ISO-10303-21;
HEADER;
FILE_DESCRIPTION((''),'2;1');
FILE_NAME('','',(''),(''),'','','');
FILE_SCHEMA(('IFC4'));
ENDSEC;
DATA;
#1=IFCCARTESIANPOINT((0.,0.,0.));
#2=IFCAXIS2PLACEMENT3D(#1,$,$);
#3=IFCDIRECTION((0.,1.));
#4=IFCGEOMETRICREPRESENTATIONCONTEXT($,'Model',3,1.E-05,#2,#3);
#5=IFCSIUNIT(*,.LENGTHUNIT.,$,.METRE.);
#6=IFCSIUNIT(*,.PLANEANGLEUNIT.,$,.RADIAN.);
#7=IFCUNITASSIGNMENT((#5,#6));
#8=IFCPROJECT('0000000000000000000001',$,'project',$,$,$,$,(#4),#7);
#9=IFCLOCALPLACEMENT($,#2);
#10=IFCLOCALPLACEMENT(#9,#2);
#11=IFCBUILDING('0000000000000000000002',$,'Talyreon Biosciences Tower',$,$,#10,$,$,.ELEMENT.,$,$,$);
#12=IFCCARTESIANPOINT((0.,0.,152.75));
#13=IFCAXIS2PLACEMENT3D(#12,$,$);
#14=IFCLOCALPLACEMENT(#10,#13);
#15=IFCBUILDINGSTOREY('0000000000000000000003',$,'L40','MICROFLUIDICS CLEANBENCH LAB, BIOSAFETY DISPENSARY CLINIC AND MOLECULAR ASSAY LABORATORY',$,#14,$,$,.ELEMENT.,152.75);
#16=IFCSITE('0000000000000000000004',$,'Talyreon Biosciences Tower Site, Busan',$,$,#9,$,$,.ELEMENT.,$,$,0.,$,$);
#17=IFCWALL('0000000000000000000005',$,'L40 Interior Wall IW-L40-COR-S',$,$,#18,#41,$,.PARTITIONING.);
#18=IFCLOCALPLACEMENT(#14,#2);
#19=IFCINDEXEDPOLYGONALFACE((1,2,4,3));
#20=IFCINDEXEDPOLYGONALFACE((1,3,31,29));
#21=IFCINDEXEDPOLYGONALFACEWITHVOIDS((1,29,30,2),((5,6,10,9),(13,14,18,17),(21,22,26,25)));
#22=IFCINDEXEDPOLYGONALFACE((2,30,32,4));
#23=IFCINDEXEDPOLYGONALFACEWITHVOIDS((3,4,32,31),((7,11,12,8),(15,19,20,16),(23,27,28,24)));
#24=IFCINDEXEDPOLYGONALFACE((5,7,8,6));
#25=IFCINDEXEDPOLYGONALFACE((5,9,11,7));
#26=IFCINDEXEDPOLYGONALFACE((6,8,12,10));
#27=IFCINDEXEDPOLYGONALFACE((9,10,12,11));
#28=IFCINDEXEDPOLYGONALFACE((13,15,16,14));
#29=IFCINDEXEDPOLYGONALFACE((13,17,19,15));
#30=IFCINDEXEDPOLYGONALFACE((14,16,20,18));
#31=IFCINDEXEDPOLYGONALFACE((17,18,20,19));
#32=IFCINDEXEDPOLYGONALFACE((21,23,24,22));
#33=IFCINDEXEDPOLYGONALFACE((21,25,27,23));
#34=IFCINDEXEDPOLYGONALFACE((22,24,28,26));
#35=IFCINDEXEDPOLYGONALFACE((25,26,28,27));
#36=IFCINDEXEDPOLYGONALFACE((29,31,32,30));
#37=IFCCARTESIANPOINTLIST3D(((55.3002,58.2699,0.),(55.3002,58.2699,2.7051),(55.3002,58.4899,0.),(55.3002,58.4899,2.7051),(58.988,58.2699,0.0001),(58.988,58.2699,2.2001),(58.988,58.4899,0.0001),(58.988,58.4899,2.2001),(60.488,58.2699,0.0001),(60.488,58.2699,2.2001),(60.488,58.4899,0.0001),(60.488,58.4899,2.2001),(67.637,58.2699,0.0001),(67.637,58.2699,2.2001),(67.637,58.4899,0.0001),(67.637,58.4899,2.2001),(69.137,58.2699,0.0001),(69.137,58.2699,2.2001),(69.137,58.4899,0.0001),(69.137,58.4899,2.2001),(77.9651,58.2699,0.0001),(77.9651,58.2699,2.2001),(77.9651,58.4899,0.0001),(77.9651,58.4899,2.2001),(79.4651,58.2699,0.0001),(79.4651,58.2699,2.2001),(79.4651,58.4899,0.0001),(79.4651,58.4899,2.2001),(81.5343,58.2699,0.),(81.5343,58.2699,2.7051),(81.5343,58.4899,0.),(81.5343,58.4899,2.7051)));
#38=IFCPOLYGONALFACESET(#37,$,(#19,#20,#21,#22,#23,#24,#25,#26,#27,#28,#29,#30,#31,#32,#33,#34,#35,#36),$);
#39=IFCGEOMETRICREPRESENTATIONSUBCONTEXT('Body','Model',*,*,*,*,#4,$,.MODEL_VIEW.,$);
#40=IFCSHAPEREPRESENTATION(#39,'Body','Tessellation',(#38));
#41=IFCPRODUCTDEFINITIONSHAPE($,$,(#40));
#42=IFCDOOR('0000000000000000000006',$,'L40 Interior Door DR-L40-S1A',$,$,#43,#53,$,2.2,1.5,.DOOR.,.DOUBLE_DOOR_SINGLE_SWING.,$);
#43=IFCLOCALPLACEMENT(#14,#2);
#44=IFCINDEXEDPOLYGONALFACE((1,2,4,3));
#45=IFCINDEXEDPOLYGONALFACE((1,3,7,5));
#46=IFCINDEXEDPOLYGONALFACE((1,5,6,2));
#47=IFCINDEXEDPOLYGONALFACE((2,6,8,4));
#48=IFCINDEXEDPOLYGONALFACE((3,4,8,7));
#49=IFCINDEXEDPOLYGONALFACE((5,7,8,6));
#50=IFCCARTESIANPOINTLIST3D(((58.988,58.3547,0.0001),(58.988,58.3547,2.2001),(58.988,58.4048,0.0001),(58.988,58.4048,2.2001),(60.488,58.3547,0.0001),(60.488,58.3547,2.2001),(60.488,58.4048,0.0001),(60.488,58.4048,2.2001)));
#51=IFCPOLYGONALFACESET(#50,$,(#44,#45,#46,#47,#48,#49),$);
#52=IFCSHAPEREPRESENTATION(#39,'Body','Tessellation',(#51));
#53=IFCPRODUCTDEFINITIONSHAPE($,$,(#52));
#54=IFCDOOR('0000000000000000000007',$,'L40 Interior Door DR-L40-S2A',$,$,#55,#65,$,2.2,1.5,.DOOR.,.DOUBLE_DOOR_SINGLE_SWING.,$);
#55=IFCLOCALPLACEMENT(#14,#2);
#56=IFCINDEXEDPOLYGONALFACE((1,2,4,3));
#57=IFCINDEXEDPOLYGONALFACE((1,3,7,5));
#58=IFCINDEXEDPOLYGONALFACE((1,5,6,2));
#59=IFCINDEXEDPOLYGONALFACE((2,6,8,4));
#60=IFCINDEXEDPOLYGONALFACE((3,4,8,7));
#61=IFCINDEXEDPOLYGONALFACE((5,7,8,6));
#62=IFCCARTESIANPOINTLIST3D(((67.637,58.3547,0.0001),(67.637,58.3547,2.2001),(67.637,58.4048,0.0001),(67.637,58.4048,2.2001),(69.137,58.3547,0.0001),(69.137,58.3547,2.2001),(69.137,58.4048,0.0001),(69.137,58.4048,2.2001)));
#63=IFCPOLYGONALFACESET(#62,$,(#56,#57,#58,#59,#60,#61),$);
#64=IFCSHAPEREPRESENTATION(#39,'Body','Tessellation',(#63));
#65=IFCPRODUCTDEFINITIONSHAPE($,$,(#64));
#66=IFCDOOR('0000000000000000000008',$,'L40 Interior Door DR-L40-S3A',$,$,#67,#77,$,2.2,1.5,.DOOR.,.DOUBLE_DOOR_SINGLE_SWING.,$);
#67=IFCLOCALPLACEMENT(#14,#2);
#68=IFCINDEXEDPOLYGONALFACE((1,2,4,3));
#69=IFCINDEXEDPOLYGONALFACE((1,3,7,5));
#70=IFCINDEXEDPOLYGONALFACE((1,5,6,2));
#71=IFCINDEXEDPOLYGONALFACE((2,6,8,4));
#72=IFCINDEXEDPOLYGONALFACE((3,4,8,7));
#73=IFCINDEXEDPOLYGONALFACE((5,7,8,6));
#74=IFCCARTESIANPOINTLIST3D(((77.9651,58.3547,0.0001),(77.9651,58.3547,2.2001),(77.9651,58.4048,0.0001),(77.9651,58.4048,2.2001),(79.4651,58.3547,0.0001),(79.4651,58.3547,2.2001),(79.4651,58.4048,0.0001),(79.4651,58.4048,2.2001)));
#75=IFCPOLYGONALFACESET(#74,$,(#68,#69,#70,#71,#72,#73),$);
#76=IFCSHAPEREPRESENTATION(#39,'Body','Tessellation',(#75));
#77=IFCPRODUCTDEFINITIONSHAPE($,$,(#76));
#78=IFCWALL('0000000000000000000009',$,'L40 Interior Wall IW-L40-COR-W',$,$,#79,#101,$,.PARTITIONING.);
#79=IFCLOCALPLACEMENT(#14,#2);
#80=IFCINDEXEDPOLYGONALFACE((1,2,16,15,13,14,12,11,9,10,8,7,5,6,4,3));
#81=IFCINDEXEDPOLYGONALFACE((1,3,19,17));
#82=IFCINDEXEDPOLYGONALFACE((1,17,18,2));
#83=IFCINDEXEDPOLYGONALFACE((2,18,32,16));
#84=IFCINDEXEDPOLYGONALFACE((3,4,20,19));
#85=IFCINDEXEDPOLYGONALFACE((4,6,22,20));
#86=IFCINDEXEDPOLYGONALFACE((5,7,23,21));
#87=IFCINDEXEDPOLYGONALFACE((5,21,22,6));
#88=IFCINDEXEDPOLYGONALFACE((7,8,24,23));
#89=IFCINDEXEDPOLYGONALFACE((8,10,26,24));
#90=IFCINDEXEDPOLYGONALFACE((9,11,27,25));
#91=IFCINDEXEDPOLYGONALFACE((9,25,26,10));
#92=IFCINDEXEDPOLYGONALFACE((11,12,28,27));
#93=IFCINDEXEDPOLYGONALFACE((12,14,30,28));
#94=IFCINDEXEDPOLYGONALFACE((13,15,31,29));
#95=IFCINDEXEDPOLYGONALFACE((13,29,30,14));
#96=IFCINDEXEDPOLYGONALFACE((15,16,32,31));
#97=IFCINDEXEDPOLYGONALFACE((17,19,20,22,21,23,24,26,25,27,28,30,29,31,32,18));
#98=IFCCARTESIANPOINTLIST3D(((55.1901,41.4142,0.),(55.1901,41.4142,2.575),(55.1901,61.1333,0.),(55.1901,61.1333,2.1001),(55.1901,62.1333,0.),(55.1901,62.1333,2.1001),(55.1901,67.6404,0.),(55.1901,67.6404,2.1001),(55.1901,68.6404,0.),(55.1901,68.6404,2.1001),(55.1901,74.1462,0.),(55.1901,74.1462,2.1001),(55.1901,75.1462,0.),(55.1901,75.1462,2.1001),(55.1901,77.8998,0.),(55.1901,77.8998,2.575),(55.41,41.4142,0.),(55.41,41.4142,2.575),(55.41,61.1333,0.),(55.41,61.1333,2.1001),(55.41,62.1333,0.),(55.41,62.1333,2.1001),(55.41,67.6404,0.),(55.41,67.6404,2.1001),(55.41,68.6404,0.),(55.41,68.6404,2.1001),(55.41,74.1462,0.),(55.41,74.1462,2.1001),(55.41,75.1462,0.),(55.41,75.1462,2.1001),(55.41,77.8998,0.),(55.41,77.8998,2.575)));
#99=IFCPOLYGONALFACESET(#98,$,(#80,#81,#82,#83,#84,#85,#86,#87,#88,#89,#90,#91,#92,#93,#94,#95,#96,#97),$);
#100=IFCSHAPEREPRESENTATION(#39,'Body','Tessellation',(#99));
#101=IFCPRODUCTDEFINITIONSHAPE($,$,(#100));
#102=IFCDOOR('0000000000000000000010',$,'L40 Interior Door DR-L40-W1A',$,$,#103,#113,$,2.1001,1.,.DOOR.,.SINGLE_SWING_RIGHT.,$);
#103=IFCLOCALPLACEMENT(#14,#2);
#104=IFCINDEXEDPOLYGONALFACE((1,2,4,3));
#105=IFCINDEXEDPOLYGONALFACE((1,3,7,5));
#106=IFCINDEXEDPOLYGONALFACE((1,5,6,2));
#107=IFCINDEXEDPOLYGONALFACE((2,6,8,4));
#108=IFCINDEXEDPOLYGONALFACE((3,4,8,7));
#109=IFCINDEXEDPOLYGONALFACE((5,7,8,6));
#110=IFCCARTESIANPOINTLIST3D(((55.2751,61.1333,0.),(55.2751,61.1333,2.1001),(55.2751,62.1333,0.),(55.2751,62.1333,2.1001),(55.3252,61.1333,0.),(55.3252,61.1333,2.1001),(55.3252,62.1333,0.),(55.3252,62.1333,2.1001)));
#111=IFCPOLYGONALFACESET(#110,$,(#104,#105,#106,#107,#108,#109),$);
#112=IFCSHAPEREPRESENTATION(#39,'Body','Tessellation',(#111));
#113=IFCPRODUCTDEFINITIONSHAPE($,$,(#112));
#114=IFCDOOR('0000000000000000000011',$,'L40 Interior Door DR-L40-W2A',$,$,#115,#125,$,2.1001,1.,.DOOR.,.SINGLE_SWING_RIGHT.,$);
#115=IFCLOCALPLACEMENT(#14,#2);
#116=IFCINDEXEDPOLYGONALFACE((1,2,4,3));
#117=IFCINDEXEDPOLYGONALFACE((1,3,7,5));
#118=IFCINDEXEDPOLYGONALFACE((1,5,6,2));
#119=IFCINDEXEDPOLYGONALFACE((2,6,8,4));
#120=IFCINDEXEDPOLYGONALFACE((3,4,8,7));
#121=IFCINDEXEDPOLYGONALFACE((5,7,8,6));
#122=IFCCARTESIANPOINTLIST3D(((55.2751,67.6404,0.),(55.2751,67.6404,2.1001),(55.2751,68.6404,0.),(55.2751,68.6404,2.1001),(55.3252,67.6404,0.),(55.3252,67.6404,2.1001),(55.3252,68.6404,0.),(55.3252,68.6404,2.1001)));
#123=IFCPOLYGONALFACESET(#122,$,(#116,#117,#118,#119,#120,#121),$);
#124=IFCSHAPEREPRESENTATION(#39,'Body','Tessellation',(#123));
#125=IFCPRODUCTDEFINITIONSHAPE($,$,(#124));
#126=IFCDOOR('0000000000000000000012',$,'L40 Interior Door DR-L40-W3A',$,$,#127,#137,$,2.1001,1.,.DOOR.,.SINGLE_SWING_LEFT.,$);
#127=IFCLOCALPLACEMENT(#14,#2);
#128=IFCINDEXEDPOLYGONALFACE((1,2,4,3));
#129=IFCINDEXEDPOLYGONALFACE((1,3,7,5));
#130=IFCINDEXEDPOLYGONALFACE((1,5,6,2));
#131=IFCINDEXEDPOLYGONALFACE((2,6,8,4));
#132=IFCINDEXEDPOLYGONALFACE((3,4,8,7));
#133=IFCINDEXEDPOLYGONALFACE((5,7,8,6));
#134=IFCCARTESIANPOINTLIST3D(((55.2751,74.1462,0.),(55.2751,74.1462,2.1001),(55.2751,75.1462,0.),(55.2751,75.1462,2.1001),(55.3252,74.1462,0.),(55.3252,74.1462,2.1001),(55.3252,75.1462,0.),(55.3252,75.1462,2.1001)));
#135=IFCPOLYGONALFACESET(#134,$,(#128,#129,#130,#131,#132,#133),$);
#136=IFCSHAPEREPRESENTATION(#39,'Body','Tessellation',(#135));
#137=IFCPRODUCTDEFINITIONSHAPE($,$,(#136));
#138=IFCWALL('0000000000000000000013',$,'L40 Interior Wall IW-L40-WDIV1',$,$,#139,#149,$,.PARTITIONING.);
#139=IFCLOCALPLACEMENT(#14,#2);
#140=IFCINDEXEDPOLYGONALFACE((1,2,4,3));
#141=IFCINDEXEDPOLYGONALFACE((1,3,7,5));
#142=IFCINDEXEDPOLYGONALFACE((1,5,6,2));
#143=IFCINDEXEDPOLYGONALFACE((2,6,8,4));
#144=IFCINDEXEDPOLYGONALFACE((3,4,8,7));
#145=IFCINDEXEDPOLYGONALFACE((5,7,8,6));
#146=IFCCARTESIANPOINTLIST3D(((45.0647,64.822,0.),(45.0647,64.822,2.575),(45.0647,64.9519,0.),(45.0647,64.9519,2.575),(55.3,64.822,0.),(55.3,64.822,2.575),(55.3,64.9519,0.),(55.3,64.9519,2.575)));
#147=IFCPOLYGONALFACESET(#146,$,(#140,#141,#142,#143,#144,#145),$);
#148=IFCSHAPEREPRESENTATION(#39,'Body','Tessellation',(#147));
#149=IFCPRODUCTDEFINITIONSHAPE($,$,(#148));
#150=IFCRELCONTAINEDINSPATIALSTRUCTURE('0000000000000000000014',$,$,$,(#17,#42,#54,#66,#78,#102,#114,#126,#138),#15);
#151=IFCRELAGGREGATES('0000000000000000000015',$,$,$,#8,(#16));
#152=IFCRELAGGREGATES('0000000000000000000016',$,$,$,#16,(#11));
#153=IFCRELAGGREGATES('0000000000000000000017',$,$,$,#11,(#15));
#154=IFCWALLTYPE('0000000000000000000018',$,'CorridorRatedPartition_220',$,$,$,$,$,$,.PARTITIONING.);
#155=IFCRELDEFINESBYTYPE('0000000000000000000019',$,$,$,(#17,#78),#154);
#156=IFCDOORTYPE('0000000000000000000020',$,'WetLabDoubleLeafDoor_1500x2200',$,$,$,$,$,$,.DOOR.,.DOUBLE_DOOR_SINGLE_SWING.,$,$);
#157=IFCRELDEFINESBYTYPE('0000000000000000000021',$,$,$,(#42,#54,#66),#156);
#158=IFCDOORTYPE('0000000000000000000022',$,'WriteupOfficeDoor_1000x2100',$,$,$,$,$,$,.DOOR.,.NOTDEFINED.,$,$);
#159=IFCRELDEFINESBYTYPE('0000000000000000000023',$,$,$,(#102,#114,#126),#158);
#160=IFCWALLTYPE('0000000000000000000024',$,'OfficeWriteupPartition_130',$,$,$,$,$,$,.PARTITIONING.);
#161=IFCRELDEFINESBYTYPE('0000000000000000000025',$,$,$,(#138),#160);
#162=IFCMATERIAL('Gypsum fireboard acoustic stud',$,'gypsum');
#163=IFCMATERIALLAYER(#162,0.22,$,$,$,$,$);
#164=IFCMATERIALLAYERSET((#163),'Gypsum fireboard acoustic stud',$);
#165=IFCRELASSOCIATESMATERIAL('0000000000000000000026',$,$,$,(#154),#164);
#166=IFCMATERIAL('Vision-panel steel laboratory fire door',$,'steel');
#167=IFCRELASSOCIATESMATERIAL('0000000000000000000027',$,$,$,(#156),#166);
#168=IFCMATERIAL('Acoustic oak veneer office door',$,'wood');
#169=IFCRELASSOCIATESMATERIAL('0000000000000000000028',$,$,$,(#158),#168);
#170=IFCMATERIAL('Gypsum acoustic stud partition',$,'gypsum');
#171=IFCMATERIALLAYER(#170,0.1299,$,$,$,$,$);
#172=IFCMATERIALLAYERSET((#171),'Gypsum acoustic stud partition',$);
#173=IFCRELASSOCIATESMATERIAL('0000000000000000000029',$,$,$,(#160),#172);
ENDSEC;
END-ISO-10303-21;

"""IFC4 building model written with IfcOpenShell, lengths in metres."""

from ifc_helpers import new_model, si_unit, direction, frame, frame_2d, origin, place, context, subcontext, project, spatial, rectangle, extrude, material, layer, layer_set, type_object, element, fill, save


model = new_model("IFC4")

# Units and contexts
model_context = context("Model", 3, precision=1e-05, world=origin(), true_north=direction((0.0, 1.0)))
body_context = subcontext(model_context, "Body", "Model", "MODEL_VIEW")
ifc_project = project(units=[si_unit("LENGTHUNIT", "METRE"), si_unit("PLANEANGLEUNIT", "RADIAN")], contexts=[model_context])

# Site, building, storey
site_placement = place(None, origin())
site = spatial("IfcSite", under=ifc_project, at=site_placement, Name="Talyreon Biosciences Tower Site, Busan", CompositionType="ELEMENT", RefElevation=0.0)
building_placement = place(site_placement, origin())
building = spatial("IfcBuilding", under=site, at=building_placement, Name="Talyreon Biosciences Tower", CompositionType="ELEMENT")
storey_placement = place(building_placement, frame((0.0, 0.0, 152.75)))
storey = spatial("IfcBuildingStorey", under=building, at=storey_placement, Name="L40", Description="MICROFLUIDICS CLEANBENCH LAB, BIOSAFETY DISPENSARY CLINIC AND MOLECULAR ASSAY LABORATORY", CompositionType="ELEMENT", Elevation=152.75)

# Walls, openings, doors
ifc_material_1 = material(Name="Gypsum fireboard acoustic stud", Category="gypsum")
ifc_layer_1 = layer(ifc_material_1, 0.22)
ifc_layer_set_1 = layer_set([ifc_layer_1], Name="Gypsum fireboard acoustic stud")
wall_type_1 = type_object("IfcWallType", Name="CorridorRatedPartition_220", PredefinedType="PARTITIONING", material=ifc_layer_set_1)
wall_1_placement = place(storey_placement, frame((55.3, 58.3799, 0.0), z_axis=(0.0, 0.0, 1.0), x_axis=(1.0, 0.0, 0.0)))
wall_1 = element("IfcWall", 1, at=wall_1_placement, inside=storey, type_object=wall_type_1, Name="L40 Interior Wall IW-L40-COR-S", PredefinedType="PARTITIONING", context=body_context, shape_type="SweptSolid", body=[
    extrude(rectangle(XDim=26.2341, YDim=0.22, at=frame_2d((13.1172, 0.0))), origin(), (0.0, 0.0, 1.0), 2.7051),
])
opening_1_placement = place(wall_1_placement, frame((3.688, 0.0, 0.0)))
opening_1 = element("IfcOpeningElement", 2, at=opening_1_placement, cuts=wall_1, PredefinedType="OPENING", context=body_context, shape_type="SweptSolid", body=[
    extrude(rectangle(XDim=1.5, YDim=2.2, at=frame_2d((0.75, 1.1001))), frame((0.0, 0.1199, 0.0), z_axis=(0.0, -1.0, 0.0), x_axis=(1.0, 0.0, 0.0)), (0.0, 0.0, 1.0), 0.24),
])
opening_2_placement = place(wall_1_placement, frame((12.3369, 0.0, 0.0)))
opening_2 = element("IfcOpeningElement", 3, at=opening_2_placement, cuts=wall_1, PredefinedType="OPENING", context=body_context, shape_type="SweptSolid", body=[
    extrude(rectangle(XDim=1.5, YDim=2.2, at=frame_2d((0.75, 1.1001))), frame((0.0, 0.1199, 0.0), z_axis=(0.0, -1.0, 0.0), x_axis=(1.0, 0.0, 0.0)), (0.0, 0.0, 1.0), 0.24),
])
opening_3_placement = place(wall_1_placement, frame((22.665, 0.0, 0.0)))
opening_3 = element("IfcOpeningElement", 4, at=opening_3_placement, cuts=wall_1, PredefinedType="OPENING", context=body_context, shape_type="SweptSolid", body=[
    extrude(rectangle(XDim=1.5, YDim=2.2, at=frame_2d((0.75, 1.1001))), frame((0.0, 0.1199, 0.0), z_axis=(0.0, -1.0, 0.0), x_axis=(1.0, 0.0, 0.0)), (0.0, 0.0, 1.0), 0.24),
])
ifc_material_2 = material(Name="Vision-panel steel laboratory fire door", Category="steel")
door_type_1 = type_object("IfcDoorType", Name="WetLabDoubleLeafDoor_1500x2200", OperationType="DOUBLE_DOOR_SINGLE_SWING", PredefinedType="DOOR", material=ifc_material_2)
door_1_placement = place(opening_1_placement, origin())
door_1 = element("IfcDoor", 5, at=door_1_placement, inside=storey, type_object=door_type_1, Name="L40 Interior Door DR-L40-S1A", OperationType="DOUBLE_DOOR_SINGLE_SWING", OverallHeight=2.2, OverallWidth=1.5, PredefinedType="DOOR", context=body_context, shape_type="SweptSolid", body=[
    extrude(rectangle(XDim=1.5, YDim=2.2, at=frame_2d((0.75, 1.1001))), frame((0.0, 0.0249, 0.0), z_axis=(0.0, -1.0, 0.0), x_axis=(1.0, 0.0, 0.0)), (0.0, 0.0, 1.0), 0.05),
])
fill(opening_1, door_1)
door_2_placement = place(opening_2_placement, origin())
door_2 = element("IfcDoor", 6, at=door_2_placement, inside=storey, type_object=door_type_1, Name="L40 Interior Door DR-L40-S2A", OperationType="DOUBLE_DOOR_SINGLE_SWING", OverallHeight=2.2, OverallWidth=1.5, PredefinedType="DOOR", context=body_context, shape_type="SweptSolid", body=[
    extrude(rectangle(XDim=1.5, YDim=2.2, at=frame_2d((0.75, 1.1001))), frame((0.0, 0.0249, 0.0), z_axis=(0.0, -1.0, 0.0), x_axis=(1.0, 0.0, 0.0)), (0.0, 0.0, 1.0), 0.05),
])
fill(opening_2, door_2)
door_3_placement = place(opening_3_placement, origin())
door_3 = element("IfcDoor", 7, at=door_3_placement, inside=storey, type_object=door_type_1, Name="L40 Interior Door DR-L40-S3A", OperationType="DOUBLE_DOOR_SINGLE_SWING", OverallHeight=2.2, OverallWidth=1.5, PredefinedType="DOOR", context=body_context, shape_type="SweptSolid", body=[
    extrude(rectangle(XDim=1.5, YDim=2.2, at=frame_2d((0.75, 1.1001))), frame((0.0, 0.0249, 0.0), z_axis=(0.0, -1.0, 0.0), x_axis=(1.0, 0.0, 0.0)), (0.0, 0.0, 1.0), 0.05),
])
fill(opening_3, door_3)
wall_2_placement = place(storey_placement, frame((55.3, 41.4143, 0.0), z_axis=(0.0, 0.0, 1.0), x_axis=(0.0, 1.0, 0.0)))
wall_2 = element("IfcWall", 8, at=wall_2_placement, inside=storey, type_object=wall_type_1, Name="L40 Interior Wall IW-L40-COR-W", PredefinedType="PARTITIONING", context=body_context, shape_type="SweptSolid", body=[
    extrude(rectangle(XDim=36.4856, YDim=0.22, at=frame_2d((18.2427, 0.0))), origin(), (0.0, 0.0, 1.0), 2.575),
])
opening_4_placement = place(wall_2_placement, frame((19.719, 0.0, 0.0)))
opening_4 = element("IfcOpeningElement", 9, at=opening_4_placement, cuts=wall_2, PredefinedType="OPENING", context=body_context, shape_type="SweptSolid", body=[
    extrude(rectangle(XDim=1.0, YDim=2.1001, at=frame_2d((0.5, 1.05))), frame((0.0, 0.1199, 0.0), z_axis=(0.0, -1.0, 0.0), x_axis=(1.0, 0.0, 0.0)), (0.0, 0.0, 1.0), 0.24),
])
opening_5_placement = place(wall_2_placement, frame((26.2261, 0.0, 0.0)))
opening_5 = element("IfcOpeningElement", 10, at=opening_5_placement, cuts=wall_2, PredefinedType="OPENING", context=body_context, shape_type="SweptSolid", body=[
    extrude(rectangle(XDim=1.0, YDim=2.1001, at=frame_2d((0.5, 1.05))), frame((0.0, 0.1199, 0.0), z_axis=(0.0, -1.0, 0.0), x_axis=(1.0, 0.0, 0.0)), (0.0, 0.0, 1.0), 0.24),
])
opening_6_placement = place(wall_2_placement, frame((32.7319, 0.0, 0.0)))
opening_6 = element("IfcOpeningElement", 11, at=opening_6_placement, cuts=wall_2, PredefinedType="OPENING", context=body_context, shape_type="SweptSolid", body=[
    extrude(rectangle(XDim=1.0, YDim=2.1001, at=frame_2d((0.5, 1.05))), frame((0.0, 0.1199, 0.0), z_axis=(0.0, -1.0, 0.0), x_axis=(1.0, 0.0, 0.0)), (0.0, 0.0, 1.0), 0.24),
])
ifc_material_3 = material(Name="Acoustic oak veneer office door", Category="wood")
door_type_2 = type_object("IfcDoorType", Name="WriteupOfficeDoor_1000x2100", OperationType="NOTDEFINED", PredefinedType="DOOR", material=ifc_material_3)
door_4_placement = place(opening_4_placement, origin())
door_4 = element("IfcDoor", 12, at=door_4_placement, inside=storey, type_object=door_type_2, Name="L40 Interior Door DR-L40-W1A", OperationType="SINGLE_SWING_RIGHT", OverallHeight=2.1001, OverallWidth=1.0, PredefinedType="DOOR", context=body_context, shape_type="SweptSolid", body=[
    extrude(rectangle(XDim=1.0, YDim=2.1001, at=frame_2d((0.5, 1.05))), frame((0.0, 0.0249, 0.0), z_axis=(0.0, -1.0, 0.0), x_axis=(1.0, 0.0, 0.0)), (0.0, 0.0, 1.0), 0.05),
])
fill(opening_4, door_4)
door_5_placement = place(opening_5_placement, origin())
door_5 = element("IfcDoor", 13, at=door_5_placement, inside=storey, type_object=door_type_2, Name="L40 Interior Door DR-L40-W2A", OperationType="SINGLE_SWING_RIGHT", OverallHeight=2.1001, OverallWidth=1.0, PredefinedType="DOOR", context=body_context, shape_type="SweptSolid", body=[
    extrude(rectangle(XDim=1.0, YDim=2.1001, at=frame_2d((0.5, 1.05))), frame((0.0, 0.0249, 0.0), z_axis=(0.0, -1.0, 0.0), x_axis=(1.0, 0.0, 0.0)), (0.0, 0.0, 1.0), 0.05),
])
fill(opening_5, door_5)
door_6_placement = place(opening_6_placement, origin())
door_6 = element("IfcDoor", 14, at=door_6_placement, inside=storey, type_object=door_type_2, Name="L40 Interior Door DR-L40-W3A", OperationType="SINGLE_SWING_LEFT", OverallHeight=2.1001, OverallWidth=1.0, PredefinedType="DOOR", context=body_context, shape_type="SweptSolid", body=[
    extrude(rectangle(XDim=1.0, YDim=2.1001, at=frame_2d((0.5, 1.05))), frame((0.0, 0.0249, 0.0), z_axis=(0.0, -1.0, 0.0), x_axis=(1.0, 0.0, 0.0)), (0.0, 0.0, 1.0), 0.05),
])
fill(opening_6, door_6)

# Wall
ifc_material_4 = material(Name="Gypsum acoustic stud partition", Category="gypsum")
ifc_layer_2 = layer(ifc_material_4, 0.1299)
ifc_layer_set_2 = layer_set([ifc_layer_2], Name="Gypsum acoustic stud partition")
wall_type_2 = type_object("IfcWallType", Name="OfficeWriteupPartition_130", PredefinedType="PARTITIONING", material=ifc_layer_set_2)
wall_3_placement = place(storey_placement, frame((45.0647, 64.887, 0.0), z_axis=(0.0, 0.0, 1.0), x_axis=(1.0, 0.0, 0.0)))
element("IfcWall", 15, at=wall_3_placement, inside=storey, type_object=wall_type_2, Name="L40 Interior Wall IW-L40-WDIV1", PredefinedType="PARTITIONING", context=body_context, shape_type="SweptSolid", body=[
    extrude(rectangle(XDim=10.2354, YDim=0.1299, at=frame_2d((5.1177, 0.0))), origin(), (0.0, 0.0, 1.0), 2.575),
])

save(model, "model.ifc")
